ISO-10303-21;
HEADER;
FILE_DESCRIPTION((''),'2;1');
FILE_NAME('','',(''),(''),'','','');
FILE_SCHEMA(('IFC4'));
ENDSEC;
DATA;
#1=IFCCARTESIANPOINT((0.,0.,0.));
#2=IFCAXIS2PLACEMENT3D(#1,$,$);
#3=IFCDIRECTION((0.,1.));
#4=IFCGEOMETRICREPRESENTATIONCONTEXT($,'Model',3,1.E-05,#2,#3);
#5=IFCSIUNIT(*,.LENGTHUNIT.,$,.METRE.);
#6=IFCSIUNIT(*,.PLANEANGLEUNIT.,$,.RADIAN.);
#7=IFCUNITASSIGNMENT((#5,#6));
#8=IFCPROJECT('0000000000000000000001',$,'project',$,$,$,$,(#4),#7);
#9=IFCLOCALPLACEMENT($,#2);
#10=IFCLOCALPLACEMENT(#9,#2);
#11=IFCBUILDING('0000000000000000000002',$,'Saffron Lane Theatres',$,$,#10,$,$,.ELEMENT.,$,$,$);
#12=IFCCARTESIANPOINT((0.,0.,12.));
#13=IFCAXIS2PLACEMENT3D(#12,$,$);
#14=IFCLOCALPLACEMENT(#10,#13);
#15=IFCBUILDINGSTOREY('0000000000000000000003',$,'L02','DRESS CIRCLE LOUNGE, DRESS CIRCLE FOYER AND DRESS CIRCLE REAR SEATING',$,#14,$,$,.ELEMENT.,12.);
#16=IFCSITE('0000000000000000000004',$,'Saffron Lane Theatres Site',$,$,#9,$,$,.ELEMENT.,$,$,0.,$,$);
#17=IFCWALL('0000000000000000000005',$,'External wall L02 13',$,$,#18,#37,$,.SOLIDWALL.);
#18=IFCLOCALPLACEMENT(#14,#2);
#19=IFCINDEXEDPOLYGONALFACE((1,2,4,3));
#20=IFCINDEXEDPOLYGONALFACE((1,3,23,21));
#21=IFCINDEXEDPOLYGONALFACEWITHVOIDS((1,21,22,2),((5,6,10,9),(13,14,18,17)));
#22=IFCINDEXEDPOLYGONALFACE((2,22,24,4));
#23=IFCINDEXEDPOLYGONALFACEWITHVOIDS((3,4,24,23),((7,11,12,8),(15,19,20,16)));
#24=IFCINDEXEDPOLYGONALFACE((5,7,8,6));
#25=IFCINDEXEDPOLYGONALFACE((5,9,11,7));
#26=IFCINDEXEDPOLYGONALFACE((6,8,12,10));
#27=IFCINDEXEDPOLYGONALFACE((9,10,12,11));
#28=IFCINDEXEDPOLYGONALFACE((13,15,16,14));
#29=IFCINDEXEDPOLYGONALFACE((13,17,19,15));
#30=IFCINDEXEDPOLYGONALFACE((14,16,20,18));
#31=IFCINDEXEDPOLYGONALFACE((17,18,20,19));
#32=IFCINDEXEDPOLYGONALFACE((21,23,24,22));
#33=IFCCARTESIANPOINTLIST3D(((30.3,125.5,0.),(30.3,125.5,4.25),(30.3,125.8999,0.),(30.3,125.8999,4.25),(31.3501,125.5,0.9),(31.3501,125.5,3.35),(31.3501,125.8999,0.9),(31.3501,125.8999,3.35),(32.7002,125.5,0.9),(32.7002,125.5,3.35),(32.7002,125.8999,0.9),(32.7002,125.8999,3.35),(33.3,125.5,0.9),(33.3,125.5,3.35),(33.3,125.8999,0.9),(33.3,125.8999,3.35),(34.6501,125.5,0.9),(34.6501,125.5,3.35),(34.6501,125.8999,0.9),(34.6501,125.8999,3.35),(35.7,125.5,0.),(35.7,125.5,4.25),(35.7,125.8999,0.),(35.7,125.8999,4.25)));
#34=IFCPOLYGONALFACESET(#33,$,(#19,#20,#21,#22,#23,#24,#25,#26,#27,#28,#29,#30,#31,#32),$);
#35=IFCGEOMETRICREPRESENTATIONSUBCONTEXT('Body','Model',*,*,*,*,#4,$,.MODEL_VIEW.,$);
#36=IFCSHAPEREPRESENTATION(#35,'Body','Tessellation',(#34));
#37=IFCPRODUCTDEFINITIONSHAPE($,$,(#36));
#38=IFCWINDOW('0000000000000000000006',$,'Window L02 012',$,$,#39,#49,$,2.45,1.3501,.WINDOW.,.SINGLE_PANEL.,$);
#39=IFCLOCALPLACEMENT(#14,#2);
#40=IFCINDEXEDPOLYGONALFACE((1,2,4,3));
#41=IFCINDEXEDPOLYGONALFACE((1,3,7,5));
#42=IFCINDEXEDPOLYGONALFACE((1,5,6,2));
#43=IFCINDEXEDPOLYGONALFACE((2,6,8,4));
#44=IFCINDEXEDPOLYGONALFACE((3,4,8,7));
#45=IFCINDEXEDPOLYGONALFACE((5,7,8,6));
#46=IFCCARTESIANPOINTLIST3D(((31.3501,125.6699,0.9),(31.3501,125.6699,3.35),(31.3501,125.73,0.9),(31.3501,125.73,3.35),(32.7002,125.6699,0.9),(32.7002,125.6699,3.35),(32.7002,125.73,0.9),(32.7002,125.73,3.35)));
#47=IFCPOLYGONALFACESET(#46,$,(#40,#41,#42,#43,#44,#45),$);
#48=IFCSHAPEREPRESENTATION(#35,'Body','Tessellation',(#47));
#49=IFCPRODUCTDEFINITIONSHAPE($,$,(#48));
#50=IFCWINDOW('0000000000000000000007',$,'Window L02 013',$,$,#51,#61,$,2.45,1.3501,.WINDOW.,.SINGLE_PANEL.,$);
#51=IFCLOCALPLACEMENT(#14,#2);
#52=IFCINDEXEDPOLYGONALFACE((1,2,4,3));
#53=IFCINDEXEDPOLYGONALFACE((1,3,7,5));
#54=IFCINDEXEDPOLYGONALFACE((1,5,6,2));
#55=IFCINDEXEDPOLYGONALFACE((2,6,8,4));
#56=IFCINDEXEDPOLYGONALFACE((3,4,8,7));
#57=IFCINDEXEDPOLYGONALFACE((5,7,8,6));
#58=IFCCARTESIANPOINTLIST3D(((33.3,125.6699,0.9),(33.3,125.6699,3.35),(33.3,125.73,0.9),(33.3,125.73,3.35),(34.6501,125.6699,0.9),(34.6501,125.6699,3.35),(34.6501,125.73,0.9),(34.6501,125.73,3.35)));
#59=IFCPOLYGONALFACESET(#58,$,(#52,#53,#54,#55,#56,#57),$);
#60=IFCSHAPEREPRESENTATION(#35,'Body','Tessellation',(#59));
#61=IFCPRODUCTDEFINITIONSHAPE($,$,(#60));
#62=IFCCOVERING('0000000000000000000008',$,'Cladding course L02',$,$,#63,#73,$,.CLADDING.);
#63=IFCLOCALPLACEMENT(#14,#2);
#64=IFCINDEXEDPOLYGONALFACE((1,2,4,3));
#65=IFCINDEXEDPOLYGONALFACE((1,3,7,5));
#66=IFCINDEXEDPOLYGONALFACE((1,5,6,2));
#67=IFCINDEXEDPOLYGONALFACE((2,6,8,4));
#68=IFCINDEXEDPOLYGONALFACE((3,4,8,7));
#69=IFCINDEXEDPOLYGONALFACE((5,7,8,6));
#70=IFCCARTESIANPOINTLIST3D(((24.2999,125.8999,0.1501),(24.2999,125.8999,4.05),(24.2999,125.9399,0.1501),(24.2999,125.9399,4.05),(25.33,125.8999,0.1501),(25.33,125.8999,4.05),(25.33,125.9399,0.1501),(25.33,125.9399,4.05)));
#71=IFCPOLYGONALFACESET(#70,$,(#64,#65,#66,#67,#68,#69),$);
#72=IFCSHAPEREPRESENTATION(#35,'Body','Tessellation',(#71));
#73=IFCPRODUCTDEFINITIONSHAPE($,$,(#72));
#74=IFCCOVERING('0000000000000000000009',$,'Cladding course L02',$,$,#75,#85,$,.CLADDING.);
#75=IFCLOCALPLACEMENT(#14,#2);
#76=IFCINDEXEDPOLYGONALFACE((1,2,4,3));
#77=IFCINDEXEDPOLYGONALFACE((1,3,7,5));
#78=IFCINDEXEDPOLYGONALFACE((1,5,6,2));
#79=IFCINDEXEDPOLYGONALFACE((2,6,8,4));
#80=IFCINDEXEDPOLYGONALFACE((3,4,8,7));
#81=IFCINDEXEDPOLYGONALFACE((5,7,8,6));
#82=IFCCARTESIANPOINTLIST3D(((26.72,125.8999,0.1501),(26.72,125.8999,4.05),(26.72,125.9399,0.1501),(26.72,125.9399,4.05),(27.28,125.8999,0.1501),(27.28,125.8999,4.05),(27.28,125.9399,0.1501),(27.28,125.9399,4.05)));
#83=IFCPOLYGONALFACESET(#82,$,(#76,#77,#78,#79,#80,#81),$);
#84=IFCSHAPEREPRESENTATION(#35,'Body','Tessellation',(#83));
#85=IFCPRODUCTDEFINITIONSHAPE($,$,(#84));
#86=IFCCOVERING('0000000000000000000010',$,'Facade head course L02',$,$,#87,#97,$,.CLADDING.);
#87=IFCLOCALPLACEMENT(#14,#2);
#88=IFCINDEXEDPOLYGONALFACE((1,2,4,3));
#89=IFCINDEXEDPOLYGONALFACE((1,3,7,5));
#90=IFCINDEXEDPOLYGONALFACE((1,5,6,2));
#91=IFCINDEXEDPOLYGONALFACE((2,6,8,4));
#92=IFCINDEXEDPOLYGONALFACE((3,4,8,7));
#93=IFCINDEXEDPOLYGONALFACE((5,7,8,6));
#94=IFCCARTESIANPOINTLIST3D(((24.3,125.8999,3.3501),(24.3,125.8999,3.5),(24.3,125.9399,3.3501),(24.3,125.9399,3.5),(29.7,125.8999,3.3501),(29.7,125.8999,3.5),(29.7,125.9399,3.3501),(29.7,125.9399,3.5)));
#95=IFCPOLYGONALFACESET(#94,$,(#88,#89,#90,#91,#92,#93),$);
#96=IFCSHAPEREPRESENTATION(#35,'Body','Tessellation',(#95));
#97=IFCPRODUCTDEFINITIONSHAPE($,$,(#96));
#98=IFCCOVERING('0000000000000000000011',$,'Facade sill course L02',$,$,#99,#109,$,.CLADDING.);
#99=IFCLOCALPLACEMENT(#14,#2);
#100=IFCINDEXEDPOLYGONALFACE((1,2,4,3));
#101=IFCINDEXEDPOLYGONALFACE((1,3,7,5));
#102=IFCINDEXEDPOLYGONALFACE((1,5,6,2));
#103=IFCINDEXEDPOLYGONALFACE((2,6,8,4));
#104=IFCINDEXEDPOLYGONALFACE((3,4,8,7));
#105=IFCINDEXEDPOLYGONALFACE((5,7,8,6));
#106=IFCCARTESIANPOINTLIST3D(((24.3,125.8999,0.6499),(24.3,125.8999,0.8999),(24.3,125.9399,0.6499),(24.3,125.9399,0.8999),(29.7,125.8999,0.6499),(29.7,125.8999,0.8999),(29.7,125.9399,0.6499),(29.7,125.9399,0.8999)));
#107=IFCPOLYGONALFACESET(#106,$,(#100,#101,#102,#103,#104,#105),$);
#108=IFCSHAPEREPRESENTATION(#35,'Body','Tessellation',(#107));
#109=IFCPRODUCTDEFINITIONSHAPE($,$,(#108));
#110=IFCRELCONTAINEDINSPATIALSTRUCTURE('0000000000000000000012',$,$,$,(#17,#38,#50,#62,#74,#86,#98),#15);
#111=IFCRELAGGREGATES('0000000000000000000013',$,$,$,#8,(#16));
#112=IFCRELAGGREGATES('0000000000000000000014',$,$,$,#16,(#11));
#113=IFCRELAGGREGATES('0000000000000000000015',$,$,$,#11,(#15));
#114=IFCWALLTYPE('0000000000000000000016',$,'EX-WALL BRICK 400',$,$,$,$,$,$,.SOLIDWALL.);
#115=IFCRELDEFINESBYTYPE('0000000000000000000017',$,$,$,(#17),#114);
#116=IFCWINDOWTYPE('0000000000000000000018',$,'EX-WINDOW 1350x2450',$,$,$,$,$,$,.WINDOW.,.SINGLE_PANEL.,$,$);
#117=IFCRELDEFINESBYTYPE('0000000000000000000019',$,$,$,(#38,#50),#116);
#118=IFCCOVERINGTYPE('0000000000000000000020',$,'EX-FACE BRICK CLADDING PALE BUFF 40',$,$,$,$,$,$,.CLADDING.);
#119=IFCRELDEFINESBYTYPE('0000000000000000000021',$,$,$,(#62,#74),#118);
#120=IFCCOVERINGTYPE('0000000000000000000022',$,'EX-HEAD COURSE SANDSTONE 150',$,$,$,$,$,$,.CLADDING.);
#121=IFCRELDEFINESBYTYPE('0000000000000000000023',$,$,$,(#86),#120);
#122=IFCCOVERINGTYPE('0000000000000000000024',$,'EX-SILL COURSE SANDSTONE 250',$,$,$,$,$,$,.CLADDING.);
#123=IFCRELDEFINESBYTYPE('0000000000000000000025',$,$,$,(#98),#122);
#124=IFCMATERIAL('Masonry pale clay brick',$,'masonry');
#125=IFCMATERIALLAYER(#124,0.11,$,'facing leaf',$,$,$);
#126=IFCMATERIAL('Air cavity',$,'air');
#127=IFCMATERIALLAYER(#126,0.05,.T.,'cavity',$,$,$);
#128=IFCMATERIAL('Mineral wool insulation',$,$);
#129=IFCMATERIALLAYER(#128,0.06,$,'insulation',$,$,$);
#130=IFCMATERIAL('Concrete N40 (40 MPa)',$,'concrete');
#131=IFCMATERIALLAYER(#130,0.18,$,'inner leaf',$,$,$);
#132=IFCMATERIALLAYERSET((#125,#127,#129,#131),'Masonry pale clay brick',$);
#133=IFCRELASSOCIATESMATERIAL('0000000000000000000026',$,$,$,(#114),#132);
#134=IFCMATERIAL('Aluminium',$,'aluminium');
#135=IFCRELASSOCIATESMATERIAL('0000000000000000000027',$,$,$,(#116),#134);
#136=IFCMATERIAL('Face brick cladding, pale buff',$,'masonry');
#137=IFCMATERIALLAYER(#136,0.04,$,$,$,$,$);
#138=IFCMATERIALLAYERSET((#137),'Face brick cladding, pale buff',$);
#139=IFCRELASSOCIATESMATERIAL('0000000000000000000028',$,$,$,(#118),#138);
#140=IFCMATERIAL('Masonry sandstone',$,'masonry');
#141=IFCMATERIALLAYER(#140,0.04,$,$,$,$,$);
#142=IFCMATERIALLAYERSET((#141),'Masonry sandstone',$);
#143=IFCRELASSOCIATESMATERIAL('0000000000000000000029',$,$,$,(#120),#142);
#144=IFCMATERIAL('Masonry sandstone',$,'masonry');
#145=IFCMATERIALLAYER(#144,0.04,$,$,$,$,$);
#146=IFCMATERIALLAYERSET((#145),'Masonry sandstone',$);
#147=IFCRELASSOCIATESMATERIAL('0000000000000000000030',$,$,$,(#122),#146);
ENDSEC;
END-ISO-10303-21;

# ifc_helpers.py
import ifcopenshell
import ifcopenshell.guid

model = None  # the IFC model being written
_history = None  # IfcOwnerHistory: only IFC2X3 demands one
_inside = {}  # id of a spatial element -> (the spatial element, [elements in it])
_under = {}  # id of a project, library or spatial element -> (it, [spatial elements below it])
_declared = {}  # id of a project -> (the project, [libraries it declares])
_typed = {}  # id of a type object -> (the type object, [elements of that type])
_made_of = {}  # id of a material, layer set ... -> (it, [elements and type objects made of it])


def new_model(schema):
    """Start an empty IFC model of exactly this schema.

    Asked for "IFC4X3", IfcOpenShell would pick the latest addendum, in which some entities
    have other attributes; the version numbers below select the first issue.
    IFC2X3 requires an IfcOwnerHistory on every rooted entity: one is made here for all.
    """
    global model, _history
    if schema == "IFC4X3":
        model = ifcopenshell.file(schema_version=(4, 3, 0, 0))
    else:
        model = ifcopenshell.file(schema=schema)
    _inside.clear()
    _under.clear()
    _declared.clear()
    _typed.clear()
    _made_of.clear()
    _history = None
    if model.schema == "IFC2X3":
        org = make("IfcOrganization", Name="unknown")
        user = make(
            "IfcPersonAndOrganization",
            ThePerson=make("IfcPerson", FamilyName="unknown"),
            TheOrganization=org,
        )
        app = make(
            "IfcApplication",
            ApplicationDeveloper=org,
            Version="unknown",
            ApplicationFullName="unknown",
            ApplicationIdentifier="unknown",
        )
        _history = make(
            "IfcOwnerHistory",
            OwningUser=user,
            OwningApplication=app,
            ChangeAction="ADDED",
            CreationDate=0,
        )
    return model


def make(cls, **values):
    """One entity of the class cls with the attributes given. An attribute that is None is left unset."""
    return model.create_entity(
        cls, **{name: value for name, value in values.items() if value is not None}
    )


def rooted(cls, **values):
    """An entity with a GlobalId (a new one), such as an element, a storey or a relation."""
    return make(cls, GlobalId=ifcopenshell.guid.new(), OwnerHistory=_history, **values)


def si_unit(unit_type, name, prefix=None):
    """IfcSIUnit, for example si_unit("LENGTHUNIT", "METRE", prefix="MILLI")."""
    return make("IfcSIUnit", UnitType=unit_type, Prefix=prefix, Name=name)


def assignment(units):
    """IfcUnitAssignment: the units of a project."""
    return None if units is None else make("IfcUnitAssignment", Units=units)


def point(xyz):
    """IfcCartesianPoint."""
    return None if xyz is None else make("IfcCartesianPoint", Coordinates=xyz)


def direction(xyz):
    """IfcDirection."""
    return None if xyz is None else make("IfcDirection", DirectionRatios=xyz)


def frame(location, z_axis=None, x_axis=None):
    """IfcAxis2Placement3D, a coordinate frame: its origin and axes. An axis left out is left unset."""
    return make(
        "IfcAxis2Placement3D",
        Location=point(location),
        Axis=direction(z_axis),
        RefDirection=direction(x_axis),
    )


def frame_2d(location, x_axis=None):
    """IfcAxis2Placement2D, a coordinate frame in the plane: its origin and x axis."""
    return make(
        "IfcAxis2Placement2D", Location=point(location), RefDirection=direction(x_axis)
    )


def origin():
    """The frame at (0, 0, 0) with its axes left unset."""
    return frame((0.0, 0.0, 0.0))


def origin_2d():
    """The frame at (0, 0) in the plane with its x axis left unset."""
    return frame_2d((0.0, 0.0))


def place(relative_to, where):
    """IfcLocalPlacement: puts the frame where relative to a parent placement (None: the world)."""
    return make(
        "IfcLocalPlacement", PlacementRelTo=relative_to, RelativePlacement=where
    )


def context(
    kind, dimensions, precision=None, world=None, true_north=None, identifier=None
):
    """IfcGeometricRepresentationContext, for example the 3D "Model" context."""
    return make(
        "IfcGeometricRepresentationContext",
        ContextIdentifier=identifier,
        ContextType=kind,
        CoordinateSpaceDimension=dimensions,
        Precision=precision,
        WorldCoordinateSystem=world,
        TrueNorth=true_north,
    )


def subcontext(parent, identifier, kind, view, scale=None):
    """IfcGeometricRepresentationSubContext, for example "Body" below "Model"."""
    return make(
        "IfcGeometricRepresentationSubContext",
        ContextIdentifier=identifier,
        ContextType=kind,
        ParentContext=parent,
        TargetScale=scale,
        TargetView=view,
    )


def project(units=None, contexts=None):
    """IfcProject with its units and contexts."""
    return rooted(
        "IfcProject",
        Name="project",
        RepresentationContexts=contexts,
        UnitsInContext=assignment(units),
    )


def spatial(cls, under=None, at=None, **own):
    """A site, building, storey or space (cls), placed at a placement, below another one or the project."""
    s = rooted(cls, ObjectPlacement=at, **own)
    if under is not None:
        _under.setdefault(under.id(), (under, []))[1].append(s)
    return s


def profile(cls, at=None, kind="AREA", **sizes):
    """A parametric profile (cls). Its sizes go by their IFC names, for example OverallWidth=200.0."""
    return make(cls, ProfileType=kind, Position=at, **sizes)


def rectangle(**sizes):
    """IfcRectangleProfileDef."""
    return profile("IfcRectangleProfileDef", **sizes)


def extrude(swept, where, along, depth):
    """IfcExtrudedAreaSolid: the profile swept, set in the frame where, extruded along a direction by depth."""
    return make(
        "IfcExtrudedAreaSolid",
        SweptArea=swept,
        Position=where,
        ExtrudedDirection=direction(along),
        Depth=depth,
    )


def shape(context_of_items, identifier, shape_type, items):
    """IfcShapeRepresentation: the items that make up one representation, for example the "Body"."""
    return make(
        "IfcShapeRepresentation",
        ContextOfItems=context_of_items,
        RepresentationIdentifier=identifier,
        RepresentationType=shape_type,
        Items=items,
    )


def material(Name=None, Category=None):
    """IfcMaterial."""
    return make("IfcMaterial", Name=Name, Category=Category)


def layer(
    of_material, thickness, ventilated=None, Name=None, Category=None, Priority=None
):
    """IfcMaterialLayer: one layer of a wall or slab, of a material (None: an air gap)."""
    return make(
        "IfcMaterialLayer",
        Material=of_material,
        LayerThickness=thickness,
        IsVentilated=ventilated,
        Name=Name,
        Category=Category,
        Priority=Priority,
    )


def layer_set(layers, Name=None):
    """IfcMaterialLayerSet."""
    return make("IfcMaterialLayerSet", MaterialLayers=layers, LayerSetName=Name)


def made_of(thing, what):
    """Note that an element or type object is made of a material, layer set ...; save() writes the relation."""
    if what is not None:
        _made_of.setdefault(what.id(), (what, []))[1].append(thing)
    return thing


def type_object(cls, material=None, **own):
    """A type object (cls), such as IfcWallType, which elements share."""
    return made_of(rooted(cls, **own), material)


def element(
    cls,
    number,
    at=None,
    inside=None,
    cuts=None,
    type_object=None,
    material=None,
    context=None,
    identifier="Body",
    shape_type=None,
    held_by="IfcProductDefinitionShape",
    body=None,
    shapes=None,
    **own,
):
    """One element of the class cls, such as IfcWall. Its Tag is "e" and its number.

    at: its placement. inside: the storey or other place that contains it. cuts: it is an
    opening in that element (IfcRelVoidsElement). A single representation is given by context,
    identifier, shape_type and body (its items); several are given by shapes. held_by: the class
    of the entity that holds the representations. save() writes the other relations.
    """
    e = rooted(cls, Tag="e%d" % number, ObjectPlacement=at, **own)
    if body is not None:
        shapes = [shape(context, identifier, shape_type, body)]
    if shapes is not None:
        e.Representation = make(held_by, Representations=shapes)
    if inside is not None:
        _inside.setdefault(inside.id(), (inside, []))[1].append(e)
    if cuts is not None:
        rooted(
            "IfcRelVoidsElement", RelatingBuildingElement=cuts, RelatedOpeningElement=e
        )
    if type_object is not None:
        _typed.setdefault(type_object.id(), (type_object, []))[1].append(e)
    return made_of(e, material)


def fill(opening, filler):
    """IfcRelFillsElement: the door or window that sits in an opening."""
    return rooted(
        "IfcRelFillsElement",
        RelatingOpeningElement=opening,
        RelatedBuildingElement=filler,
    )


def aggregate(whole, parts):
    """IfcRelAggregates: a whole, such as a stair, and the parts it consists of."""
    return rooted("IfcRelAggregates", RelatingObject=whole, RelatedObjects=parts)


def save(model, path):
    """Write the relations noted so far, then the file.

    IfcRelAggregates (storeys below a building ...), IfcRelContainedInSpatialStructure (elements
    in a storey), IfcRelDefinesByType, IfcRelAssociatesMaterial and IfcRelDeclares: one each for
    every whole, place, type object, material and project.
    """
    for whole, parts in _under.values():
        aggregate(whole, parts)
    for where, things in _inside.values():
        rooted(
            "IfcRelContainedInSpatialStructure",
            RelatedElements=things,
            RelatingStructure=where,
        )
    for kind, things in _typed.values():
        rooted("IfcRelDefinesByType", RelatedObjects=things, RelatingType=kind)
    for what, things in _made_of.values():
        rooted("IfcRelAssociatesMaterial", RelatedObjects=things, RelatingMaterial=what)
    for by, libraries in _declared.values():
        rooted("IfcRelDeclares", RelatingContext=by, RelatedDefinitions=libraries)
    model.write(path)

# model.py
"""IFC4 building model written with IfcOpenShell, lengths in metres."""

from ifc_helpers import new_model, si_unit, direction, frame, frame_2d, origin, origin_2d, place, context, subcontext, project, spatial, rectangle, extrude, material, layer, layer_set, type_object, element, fill, save


model = new_model("IFC4")

# Units and contexts
model_context = context("Model", 3, precision=1e-05, world=origin(), true_north=direction((0.0, 1.0)))
body_context = subcontext(model_context, "Body", "Model", "MODEL_VIEW")
ifc_project = project(units=[si_unit("LENGTHUNIT", "METRE"), si_unit("PLANEANGLEUNIT", "RADIAN")], contexts=[model_context])

# Site, building, storey
site_placement = place(None, origin())
site = spatial("IfcSite", under=ifc_project, at=site_placement, Name="Saffron Lane Theatres Site", CompositionType="ELEMENT", RefElevation=0.0)
building_placement = place(site_placement, origin())
building = spatial("IfcBuilding", under=site, at=building_placement, Name="Saffron Lane Theatres", CompositionType="ELEMENT")
storey_placement = place(building_placement, frame((0.0, 0.0, 12.0)))
storey = spatial("IfcBuildingStorey", under=building, at=storey_placement, Name="L02", Description="DRESS CIRCLE LOUNGE, DRESS CIRCLE FOYER AND DRESS CIRCLE REAR SEATING", CompositionType="ELEMENT", Elevation=12.0)

# Wall, openings, windows
ifc_material_1 = material(Name="Masonry pale clay brick", Category="masonry")
ifc_layer_1 = layer(ifc_material_1, 0.11, Name="facing leaf")
ifc_material_2 = material(Name="Air cavity", Category="air")
ifc_layer_2 = layer(ifc_material_2, 0.05, ventilated=True, Name="cavity")
ifc_material_3 = material(Name="Mineral wool insulation")
ifc_layer_3 = layer(ifc_material_3, 0.06, Name="insulation")
ifc_material_4 = material(Name="Concrete N40 (40 MPa)", Category="concrete")
ifc_layer_4 = layer(ifc_material_4, 0.18, Name="inner leaf")
ifc_layer_set_1 = layer_set([ifc_layer_1, ifc_layer_2, ifc_layer_3, ifc_layer_4], Name="Masonry pale clay brick")
wall_type = type_object("IfcWallType", Name="EX-WALL BRICK 400", PredefinedType="SOLIDWALL", material=ifc_layer_set_1)
wall_placement = place(storey_placement, frame((30.3, 125.7, 0.0), z_axis=(0.0, 0.0, 1.0), x_axis=(1.0, 0.0, 0.0)))
wall = element("IfcWall", 1, at=wall_placement, inside=storey, type_object=wall_type, Name="External wall L02 13", PredefinedType="SOLIDWALL", context=body_context, shape_type="SweptSolid", body=[
    extrude(rectangle(XDim=5.3999, YDim=0.3999, at=frame_2d((2.7, 0.0))), origin(), (0.0, 0.0, 1.0), 4.25),
])
opening_1_placement = place(wall_placement, frame((1.05, 0.0, 0.8999)))
opening_1 = element("IfcOpeningElement", 2, at=opening_1_placement, cuts=wall, PredefinedType="OPENING", context=body_context, shape_type="SweptSolid", body=[
    extrude(rectangle(XDim=1.3501, YDim=2.45, at=frame_2d((0.675, 1.2251))), frame((0.0, 0.21, 0.0), z_axis=(0.0, -1.0, 0.0), x_axis=(1.0, 0.0, 0.0)), (0.0, 0.0, 1.0), 0.4199),
])
opening_2_placement = place(wall_placement, frame((3.0, 0.0, 0.8999)))
opening_2 = element("IfcOpeningElement", 3, at=opening_2_placement, cuts=wall, PredefinedType="OPENING", context=body_context, shape_type="SweptSolid", body=[
    extrude(rectangle(XDim=1.3501, YDim=2.45, at=frame_2d((0.675, 1.2251))), frame((0.0, 0.21, 0.0), z_axis=(0.0, -1.0, 0.0), x_axis=(1.0, 0.0, 0.0)), (0.0, 0.0, 1.0), 0.4199),
])
ifc_material_5 = material(Name="Aluminium", Category="aluminium")
window_type = type_object("IfcWindowType", Name="EX-WINDOW 1350x2450", PartitioningType="SINGLE_PANEL", PredefinedType="WINDOW", material=ifc_material_5)
window_1_placement = place(opening_1_placement, origin())
window_1 = element("IfcWindow", 4, at=window_1_placement, inside=storey, type_object=window_type, Name="Window L02 012", OverallHeight=2.45, OverallWidth=1.3501, PartitioningType="SINGLE_PANEL", PredefinedType="WINDOW", context=body_context, shape_type="SweptSolid", body=[
    extrude(rectangle(XDim=1.3501, YDim=2.45, at=frame_2d((0.675, 1.2251))), frame((0.0, 0.03, 0.0), z_axis=(0.0, -1.0, 0.0), x_axis=(1.0, 0.0, 0.0)), (0.0, 0.0, 1.0), 0.0601),
])
fill(opening_1, window_1)
window_2_placement = place(opening_2_placement, origin())
window_2 = element("IfcWindow", 5, at=window_2_placement, inside=storey, type_object=window_type, Name="Window L02 013", OverallHeight=2.45, OverallWidth=1.3501, PartitioningType="SINGLE_PANEL", PredefinedType="WINDOW", context=body_context, shape_type="SweptSolid", body=[
    extrude(rectangle(XDim=1.3501, YDim=2.45, at=frame_2d((0.675, 1.2251))), frame((0.0, 0.03, 0.0), z_axis=(0.0, -1.0, 0.0), x_axis=(1.0, 0.0, 0.0)), (0.0, 0.0, 1.0), 0.0601),
])
fill(opening_2, window_2)

# Coverings
ifc_material_6 = material(Name="Face brick cladding, pale buff", Category="masonry")
ifc_layer_5 = layer(ifc_material_6, 0.04)
ifc_layer_set_2 = layer_set([ifc_layer_5], Name="Face brick cladding, pale buff")
covering_type_1 = type_object("IfcCoveringType", Name="EX-FACE BRICK CLADDING PALE BUFF 40", PredefinedType="CLADDING", material=ifc_layer_set_2)
covering_1_placement = place(storey_placement, frame((24.8149, 125.9199, 0.1501), z_axis=(0.0, 0.0, 1.0), x_axis=(1.0, 0.0, 0.0)))
element("IfcCovering", 6, at=covering_1_placement, inside=storey, type_object=covering_type_1, Name="Cladding course L02", PredefinedType="CLADDING", context=body_context, shape_type="SweptSolid", body=[
    extrude(rectangle(XDim=1.03, YDim=0.04, at=origin_2d()), origin(), (0.0, 0.0, 1.0), 3.8999),
])
covering_2_placement = place(storey_placement, frame((27.0, 125.9199, 0.1501), z_axis=(0.0, 0.0, 1.0), x_axis=(1.0, 0.0, 0.0)))
element("IfcCovering", 7, at=covering_2_placement, inside=storey, type_object=covering_type_1, Name="Cladding course L02", PredefinedType="CLADDING", context=body_context, shape_type="SweptSolid", body=[
    extrude(rectangle(XDim=0.5601, YDim=0.04, at=origin_2d()), origin(), (0.0, 0.0, 1.0), 3.8999),
])
ifc_material_7 = material(Name="Masonry sandstone", Category="masonry")
ifc_layer_6 = layer(ifc_material_7, 0.04)
ifc_layer_set_3 = layer_set([ifc_layer_6], Name="Masonry sandstone")
covering_type_2 = type_object("IfcCoveringType", Name="EX-HEAD COURSE SANDSTONE 150", PredefinedType="CLADDING", material=ifc_layer_set_3)
covering_3_placement = place(storey_placement, frame((27.0, 125.9199, 3.3501), z_axis=(0.0, 0.0, 1.0), x_axis=(1.0, 0.0, 0.0)))
element("IfcCovering", 8, at=covering_3_placement, inside=storey, type_object=covering_type_2, Name="Facade head course L02", PredefinedType="CLADDING", context=body_context, shape_type="SweptSolid", body=[
    extrude(rectangle(XDim=5.3999, YDim=0.04, at=origin_2d()), origin(), (0.0, 0.0, 1.0), 0.1499),
])
ifc_material_8 = material(Name="Masonry sandstone", Category="masonry")
ifc_layer_7 = layer(ifc_material_8, 0.04)
ifc_layer_set_4 = layer_set([ifc_layer_7], Name="Masonry sandstone")
covering_type_3 = type_object("IfcCoveringType", Name="EX-SILL COURSE SANDSTONE 250", PredefinedType="CLADDING", material=ifc_layer_set_4)
covering_4_placement = place(storey_placement, frame((27.0, 125.9199, 0.6499), z_axis=(0.0, 0.0, 1.0), x_axis=(1.0, 0.0, 0.0)))
element("IfcCovering", 9, at=covering_4_placement, inside=storey, type_object=covering_type_3, Name="Facade sill course L02", PredefinedType="CLADDING", context=body_context, shape_type="SweptSolid", body=[
    extrude(rectangle(XDim=5.3999, YDim=0.04, at=origin_2d()), origin(), (0.0, 0.0, 1.0), 0.25),
])

save(model, "model.ifc")
